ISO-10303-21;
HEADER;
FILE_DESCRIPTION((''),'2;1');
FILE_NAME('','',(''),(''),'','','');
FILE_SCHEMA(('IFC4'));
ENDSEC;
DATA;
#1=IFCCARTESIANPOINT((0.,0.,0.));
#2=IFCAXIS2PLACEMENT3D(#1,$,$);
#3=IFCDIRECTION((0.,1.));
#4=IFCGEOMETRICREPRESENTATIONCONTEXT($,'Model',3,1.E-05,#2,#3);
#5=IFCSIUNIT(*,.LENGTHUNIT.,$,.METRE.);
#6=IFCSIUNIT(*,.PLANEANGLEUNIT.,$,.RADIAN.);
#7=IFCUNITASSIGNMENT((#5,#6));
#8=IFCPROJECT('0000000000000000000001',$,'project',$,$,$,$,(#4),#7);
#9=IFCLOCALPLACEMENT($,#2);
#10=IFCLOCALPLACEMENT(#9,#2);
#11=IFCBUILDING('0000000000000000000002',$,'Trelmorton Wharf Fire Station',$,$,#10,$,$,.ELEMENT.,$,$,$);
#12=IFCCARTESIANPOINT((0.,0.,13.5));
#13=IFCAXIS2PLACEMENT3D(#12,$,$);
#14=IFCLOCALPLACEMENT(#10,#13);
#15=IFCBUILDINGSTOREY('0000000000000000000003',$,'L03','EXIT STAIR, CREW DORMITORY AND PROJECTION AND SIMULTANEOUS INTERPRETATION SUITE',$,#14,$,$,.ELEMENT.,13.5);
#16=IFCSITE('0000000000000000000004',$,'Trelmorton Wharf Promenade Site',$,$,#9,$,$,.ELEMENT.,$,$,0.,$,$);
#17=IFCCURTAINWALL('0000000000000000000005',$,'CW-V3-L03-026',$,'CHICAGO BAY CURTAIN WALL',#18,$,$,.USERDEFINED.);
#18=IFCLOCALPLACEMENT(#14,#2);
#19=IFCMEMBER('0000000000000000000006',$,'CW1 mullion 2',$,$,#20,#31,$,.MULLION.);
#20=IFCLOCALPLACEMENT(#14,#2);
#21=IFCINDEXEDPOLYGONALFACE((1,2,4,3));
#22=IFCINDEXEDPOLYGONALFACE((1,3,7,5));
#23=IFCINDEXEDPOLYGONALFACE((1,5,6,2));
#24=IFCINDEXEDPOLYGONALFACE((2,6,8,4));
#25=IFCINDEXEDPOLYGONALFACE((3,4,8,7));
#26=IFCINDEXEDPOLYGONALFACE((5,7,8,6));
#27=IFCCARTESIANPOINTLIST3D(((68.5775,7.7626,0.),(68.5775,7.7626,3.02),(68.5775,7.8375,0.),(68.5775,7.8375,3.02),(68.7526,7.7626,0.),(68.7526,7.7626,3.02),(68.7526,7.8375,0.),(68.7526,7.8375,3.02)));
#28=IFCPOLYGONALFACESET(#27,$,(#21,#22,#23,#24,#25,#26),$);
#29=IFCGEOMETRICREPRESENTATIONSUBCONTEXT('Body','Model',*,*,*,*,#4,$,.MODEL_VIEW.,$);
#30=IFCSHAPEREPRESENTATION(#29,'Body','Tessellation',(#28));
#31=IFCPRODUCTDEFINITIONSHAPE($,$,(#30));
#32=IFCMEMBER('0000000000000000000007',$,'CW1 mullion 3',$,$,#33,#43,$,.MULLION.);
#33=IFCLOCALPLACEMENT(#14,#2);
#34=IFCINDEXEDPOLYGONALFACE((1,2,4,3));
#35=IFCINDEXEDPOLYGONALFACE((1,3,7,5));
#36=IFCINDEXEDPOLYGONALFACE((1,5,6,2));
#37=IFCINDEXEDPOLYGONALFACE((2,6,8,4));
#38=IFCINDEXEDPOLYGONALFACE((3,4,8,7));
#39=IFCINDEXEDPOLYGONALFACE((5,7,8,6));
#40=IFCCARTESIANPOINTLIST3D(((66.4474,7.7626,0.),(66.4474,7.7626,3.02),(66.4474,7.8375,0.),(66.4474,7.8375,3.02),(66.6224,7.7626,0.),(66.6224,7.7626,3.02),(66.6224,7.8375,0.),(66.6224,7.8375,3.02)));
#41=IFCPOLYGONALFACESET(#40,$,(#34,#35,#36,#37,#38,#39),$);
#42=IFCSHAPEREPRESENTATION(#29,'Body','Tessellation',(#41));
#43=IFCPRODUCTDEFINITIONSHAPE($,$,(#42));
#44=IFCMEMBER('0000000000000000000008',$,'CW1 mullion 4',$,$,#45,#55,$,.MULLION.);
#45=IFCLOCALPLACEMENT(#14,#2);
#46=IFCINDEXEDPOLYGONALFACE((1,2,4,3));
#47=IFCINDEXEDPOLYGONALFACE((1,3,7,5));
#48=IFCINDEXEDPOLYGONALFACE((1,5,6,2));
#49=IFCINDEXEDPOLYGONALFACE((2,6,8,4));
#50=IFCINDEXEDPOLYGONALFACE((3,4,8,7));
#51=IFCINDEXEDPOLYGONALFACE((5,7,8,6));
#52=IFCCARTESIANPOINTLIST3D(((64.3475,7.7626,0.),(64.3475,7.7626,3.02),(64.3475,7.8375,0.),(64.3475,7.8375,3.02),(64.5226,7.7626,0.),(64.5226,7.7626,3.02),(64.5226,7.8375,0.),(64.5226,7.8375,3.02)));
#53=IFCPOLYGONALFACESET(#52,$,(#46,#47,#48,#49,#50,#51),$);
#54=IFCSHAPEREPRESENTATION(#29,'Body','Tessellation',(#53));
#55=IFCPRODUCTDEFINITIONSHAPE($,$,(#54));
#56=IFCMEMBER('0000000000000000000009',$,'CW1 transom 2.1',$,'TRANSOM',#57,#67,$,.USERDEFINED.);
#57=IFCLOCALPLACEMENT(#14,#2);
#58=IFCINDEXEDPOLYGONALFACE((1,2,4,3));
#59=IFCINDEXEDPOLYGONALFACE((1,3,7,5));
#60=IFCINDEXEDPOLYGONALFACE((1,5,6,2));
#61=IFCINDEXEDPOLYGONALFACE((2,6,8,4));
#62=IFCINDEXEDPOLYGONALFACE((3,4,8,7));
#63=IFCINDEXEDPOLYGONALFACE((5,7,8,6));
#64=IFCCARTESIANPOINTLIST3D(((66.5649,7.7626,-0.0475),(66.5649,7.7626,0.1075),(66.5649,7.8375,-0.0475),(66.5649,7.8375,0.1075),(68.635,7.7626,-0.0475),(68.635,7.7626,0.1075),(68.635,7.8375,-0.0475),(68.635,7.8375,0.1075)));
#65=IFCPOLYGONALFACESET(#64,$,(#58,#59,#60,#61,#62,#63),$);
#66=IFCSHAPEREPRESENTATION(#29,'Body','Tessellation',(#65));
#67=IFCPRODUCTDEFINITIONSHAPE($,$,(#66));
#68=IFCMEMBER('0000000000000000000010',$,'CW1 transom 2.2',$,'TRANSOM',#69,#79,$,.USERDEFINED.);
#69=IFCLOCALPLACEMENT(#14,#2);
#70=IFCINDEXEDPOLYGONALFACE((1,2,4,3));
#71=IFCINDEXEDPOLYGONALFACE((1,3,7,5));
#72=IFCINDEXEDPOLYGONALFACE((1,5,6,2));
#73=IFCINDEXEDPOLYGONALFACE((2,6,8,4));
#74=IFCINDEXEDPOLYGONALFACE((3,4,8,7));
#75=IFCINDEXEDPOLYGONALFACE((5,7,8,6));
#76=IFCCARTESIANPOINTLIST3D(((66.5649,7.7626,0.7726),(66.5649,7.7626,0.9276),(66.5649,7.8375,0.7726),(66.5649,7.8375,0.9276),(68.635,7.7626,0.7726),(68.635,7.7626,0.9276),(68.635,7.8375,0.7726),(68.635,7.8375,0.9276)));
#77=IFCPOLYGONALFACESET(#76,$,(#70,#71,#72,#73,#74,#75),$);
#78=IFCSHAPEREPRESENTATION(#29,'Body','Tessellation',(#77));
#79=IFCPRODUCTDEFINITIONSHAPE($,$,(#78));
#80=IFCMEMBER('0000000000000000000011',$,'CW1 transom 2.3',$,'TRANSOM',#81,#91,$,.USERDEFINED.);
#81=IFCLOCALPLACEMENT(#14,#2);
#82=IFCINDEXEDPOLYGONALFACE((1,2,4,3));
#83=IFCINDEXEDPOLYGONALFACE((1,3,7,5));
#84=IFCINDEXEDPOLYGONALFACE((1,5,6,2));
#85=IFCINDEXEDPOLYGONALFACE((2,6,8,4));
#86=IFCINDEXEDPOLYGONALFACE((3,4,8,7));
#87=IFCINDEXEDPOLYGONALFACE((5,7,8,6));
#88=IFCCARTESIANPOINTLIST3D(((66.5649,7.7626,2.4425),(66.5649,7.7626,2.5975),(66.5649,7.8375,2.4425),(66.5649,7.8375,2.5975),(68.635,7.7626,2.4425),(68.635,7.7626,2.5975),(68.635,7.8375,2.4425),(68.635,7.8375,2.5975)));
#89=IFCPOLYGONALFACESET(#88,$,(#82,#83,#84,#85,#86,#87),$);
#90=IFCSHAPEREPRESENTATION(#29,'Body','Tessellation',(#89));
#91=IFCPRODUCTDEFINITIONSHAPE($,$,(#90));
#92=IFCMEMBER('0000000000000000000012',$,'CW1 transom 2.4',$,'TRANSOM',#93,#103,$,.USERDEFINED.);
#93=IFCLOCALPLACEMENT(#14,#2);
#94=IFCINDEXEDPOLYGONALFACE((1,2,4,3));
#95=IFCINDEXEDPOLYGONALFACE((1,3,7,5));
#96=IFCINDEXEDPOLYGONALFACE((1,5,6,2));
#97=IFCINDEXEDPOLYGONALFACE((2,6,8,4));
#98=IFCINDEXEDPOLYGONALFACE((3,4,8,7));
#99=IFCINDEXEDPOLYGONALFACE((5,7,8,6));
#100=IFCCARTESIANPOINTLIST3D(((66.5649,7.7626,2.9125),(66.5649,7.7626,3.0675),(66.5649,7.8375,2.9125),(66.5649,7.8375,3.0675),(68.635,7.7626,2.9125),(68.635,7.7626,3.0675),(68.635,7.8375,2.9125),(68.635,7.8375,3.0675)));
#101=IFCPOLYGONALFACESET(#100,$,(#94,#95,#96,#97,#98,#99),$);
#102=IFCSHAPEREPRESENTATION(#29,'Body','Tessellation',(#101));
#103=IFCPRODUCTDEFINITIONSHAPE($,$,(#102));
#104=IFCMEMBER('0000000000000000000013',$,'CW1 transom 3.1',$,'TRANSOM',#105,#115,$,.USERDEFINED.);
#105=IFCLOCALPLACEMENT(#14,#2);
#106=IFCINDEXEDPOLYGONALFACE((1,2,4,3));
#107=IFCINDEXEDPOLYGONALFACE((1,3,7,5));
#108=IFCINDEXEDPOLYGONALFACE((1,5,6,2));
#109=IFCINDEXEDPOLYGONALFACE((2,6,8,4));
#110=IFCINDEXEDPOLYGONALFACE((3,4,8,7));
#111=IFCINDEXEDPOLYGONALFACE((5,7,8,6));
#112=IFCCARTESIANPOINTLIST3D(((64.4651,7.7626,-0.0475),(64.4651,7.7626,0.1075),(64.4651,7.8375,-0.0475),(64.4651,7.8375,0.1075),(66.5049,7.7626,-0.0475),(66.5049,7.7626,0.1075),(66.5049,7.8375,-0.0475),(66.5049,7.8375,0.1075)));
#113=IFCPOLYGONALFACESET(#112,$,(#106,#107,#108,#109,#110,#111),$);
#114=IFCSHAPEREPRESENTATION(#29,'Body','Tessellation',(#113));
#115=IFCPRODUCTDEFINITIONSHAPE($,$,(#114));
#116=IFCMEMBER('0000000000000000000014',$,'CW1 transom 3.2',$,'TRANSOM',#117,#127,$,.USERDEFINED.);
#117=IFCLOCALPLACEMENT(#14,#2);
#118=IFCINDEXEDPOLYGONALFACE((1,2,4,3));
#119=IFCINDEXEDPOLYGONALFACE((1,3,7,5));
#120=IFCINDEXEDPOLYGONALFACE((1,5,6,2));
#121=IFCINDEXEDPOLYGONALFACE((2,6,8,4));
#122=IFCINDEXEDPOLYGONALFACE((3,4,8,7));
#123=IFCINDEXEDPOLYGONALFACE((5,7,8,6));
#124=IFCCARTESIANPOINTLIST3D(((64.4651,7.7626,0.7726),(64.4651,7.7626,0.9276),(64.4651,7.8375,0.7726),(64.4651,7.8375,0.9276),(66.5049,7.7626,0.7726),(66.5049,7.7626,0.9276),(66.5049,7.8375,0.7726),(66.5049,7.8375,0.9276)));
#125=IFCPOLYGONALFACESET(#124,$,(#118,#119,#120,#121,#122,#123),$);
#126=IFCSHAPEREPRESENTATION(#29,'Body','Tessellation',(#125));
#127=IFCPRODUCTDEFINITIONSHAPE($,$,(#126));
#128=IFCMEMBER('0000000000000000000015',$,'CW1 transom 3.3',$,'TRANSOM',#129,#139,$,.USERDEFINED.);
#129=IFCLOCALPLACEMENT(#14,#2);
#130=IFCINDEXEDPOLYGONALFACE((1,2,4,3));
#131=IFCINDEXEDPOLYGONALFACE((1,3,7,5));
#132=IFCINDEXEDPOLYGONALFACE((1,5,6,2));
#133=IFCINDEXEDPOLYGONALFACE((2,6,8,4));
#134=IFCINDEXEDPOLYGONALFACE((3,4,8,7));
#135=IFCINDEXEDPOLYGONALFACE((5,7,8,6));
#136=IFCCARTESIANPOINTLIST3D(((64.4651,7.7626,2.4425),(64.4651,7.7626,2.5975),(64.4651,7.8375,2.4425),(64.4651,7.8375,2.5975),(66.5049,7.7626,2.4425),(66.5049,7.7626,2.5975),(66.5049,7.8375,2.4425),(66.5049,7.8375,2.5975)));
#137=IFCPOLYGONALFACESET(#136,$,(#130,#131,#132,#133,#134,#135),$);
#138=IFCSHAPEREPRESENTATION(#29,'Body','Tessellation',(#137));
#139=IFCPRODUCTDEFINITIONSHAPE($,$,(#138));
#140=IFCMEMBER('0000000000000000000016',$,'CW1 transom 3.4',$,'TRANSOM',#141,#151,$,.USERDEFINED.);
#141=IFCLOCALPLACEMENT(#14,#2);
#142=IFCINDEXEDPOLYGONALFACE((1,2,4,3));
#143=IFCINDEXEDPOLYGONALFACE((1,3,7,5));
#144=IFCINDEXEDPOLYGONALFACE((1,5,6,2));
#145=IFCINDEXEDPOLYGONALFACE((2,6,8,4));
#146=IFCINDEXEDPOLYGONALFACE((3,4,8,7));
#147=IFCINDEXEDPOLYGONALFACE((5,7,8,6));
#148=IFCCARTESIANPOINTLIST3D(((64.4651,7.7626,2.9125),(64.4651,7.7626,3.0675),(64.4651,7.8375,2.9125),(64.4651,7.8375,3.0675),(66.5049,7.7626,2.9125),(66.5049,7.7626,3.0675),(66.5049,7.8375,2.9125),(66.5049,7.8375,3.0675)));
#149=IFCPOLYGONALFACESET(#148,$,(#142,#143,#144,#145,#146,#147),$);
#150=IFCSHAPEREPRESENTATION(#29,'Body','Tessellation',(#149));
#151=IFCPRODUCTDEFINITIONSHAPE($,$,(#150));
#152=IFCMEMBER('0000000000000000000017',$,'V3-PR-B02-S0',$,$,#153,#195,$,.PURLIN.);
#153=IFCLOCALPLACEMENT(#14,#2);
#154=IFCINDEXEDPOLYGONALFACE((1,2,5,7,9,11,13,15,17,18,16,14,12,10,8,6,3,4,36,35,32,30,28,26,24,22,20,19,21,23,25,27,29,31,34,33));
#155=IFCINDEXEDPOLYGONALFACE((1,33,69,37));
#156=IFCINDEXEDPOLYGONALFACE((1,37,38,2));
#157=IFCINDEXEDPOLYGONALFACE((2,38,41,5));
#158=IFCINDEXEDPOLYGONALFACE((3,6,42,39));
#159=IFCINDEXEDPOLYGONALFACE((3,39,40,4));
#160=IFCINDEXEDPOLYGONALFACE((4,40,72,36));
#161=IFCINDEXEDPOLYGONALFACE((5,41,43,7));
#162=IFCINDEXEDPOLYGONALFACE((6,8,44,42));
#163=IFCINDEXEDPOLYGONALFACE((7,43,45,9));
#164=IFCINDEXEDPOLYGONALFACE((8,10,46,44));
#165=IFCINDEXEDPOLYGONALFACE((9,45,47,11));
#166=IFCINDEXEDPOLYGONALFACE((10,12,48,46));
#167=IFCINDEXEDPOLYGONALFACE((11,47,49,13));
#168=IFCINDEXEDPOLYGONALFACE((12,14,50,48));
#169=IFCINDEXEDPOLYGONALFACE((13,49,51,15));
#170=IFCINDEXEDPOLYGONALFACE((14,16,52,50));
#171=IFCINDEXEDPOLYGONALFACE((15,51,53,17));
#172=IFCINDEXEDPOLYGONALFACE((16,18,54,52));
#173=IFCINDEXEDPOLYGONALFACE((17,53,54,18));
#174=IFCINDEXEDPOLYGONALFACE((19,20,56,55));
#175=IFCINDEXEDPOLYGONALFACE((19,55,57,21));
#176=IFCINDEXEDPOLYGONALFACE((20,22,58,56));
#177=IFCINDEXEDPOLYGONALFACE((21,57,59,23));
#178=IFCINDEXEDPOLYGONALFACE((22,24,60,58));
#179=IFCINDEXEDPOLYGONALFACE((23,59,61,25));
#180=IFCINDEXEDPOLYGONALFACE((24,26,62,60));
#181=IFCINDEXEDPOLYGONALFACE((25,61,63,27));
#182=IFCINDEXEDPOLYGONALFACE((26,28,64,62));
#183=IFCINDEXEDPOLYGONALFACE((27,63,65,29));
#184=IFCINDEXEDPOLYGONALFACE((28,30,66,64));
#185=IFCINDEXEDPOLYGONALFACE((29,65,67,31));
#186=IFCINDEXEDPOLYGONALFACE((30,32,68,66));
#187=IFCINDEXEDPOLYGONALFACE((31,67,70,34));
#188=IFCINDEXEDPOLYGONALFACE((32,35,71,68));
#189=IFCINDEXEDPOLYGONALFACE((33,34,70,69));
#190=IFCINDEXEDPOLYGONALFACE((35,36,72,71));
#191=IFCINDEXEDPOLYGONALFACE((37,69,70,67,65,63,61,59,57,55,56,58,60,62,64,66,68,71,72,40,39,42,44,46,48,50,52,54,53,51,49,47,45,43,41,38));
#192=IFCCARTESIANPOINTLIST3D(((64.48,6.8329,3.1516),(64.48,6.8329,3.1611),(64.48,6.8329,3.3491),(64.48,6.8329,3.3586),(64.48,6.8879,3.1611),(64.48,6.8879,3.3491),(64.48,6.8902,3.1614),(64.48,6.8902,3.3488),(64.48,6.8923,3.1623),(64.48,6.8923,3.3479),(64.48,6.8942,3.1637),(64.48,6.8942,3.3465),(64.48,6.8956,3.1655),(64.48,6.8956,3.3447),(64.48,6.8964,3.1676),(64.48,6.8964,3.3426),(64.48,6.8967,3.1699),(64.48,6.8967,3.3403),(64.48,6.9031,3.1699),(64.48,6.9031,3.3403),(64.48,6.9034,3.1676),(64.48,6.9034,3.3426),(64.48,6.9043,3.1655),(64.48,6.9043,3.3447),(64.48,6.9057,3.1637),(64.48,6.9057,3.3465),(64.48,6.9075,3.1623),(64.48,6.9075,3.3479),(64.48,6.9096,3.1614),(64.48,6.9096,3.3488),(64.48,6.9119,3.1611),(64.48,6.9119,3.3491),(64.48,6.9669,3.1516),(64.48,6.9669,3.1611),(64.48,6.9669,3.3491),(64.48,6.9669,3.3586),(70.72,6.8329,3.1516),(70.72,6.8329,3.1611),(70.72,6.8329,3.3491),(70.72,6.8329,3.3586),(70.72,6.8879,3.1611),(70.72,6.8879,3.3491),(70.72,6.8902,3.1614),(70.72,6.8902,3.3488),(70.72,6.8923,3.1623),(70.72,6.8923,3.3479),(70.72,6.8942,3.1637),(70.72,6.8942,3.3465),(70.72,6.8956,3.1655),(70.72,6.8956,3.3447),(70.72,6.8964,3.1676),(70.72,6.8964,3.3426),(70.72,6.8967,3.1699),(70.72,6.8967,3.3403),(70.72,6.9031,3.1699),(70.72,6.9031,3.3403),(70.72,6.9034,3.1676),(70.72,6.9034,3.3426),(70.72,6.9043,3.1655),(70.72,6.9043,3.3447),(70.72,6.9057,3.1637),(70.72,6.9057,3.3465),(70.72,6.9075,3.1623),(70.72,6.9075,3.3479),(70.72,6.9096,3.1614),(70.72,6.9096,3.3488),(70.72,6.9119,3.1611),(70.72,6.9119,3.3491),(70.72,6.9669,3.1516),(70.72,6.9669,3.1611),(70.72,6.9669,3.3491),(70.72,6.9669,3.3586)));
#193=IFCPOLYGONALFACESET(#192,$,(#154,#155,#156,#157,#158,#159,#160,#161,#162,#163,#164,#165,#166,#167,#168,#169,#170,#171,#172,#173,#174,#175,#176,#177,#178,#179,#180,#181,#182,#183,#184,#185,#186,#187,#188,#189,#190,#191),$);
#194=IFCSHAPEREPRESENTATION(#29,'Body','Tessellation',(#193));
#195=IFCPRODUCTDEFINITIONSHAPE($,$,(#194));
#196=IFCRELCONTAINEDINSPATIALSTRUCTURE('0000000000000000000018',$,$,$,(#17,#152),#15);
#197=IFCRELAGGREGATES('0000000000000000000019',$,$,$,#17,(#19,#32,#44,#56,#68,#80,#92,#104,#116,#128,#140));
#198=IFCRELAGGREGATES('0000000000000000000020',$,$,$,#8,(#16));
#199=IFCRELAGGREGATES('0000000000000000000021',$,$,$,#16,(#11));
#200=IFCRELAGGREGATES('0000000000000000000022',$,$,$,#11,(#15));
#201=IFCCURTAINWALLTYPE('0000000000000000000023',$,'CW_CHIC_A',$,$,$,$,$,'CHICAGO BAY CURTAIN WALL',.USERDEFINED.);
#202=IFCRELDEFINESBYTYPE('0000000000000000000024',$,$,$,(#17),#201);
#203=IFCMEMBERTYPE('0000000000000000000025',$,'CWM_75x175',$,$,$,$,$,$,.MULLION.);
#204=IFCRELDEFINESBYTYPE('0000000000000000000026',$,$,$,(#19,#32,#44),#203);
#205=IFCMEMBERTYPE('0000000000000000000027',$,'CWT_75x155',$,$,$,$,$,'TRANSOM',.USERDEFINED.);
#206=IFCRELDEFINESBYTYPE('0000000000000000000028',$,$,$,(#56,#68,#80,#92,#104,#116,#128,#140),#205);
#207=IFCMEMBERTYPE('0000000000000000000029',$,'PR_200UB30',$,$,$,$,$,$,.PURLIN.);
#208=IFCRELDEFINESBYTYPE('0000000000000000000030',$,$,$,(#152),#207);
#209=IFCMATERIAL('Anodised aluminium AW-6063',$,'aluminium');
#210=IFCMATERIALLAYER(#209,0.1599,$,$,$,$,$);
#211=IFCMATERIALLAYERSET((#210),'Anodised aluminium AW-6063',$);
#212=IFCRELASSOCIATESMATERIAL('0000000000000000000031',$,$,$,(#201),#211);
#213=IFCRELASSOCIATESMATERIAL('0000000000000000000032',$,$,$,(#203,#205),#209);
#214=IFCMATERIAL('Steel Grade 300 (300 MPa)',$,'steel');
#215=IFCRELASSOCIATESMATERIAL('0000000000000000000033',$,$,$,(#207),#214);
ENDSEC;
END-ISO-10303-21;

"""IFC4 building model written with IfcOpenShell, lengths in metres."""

from ifc_helpers import new_model, si_unit, direction, frame, origin, origin_2d, place, context, subcontext, project, spatial, rectangle, i_section, extrude, material, layer, layer_set, material_profile, profile_set, type_object, element, aggregate, save


model = new_model("IFC4")

# Units and contexts
model_context = context("Model", 3, precision=1e-05, world=origin(), true_north=direction((0.0, 1.0)))
body_context = subcontext(model_context, "Body", "Model", "MODEL_VIEW")
ifc_project = project(units=[si_unit("LENGTHUNIT", "METRE"), si_unit("PLANEANGLEUNIT", "RADIAN")], contexts=[model_context])

# Site, building, storey
site_placement = place(None, origin())
site = spatial("IfcSite", under=ifc_project, at=site_placement, Name="Trelmorton Wharf Promenade Site", CompositionType="ELEMENT", RefElevation=0.0)
building_placement = place(site_placement, origin())
building = spatial("IfcBuilding", under=site, at=building_placement, Name="Trelmorton Wharf Fire Station", CompositionType="ELEMENT")
storey_placement = place(building_placement, frame((0.0, 0.0, 13.5)))
storey = spatial("IfcBuildingStorey", under=building, at=storey_placement, Name="L03", Description="EXIT STAIR, CREW DORMITORY AND PROJECTION AND SIMULTANEOUS INTERPRETATION SUITE", CompositionType="ELEMENT", Elevation=13.5)

# Curtain wall, members
ifc_material_1 = material(Name="Anodised aluminium AW-6063", Category="aluminium")
ifc_layer_1 = layer(ifc_material_1, 0.1599)
ifc_layer_set_1 = layer_set([ifc_layer_1], Name="Anodised aluminium AW-6063")
curtain_wall_type = type_object("IfcCurtainWallType", Name="CW_CHIC_A", ElementType="CHICAGO BAY CURTAIN WALL", PredefinedType="USERDEFINED", material=ifc_layer_set_1)
curtain_wall_placement = place(storey_placement, origin())
curtain_wall = element("IfcCurtainWall", 1, at=curtain_wall_placement, inside=storey, type_object=curtain_wall_type, Name="CW-V3-L03-026", ObjectType="CHICAGO BAY CURTAIN WALL", PredefinedType="USERDEFINED")
ifc_material_profile_1 = material_profile(ifc_material_1, rectangle(XDim=0.075, YDim=0.175, at=origin_2d()), Name="ALU-75x175")
ifc_profile_set_1 = profile_set([ifc_material_profile_1], Name="Anodised aluminium AW-6063")
member_type_1 = type_object("IfcMemberType", Name="CWM_75x175", PredefinedType="MULLION", material=ifc_profile_set_1)
member_1_placement = place(storey_placement, frame((68.665, 7.8, 0.0), z_axis=(0.0, 0.0, 1.0), x_axis=(0.0, -1.0, 0.0)))
member_1 = element("IfcMember", 2, at=member_1_placement, type_object=member_type_1, Name="CW1 mullion 2", PredefinedType="MULLION", context=body_context, shape_type="SweptSolid", body=[
    extrude(rectangle(XDim=0.075, YDim=0.175, at=origin_2d()), origin(), (0.0, 0.0, 1.0), 3.02),
])
member_2_placement = place(storey_placement, frame((66.5349, 7.8, 0.0), z_axis=(0.0, 0.0, 1.0), x_axis=(0.0, -1.0, 0.0)))
member_2 = element("IfcMember", 3, at=member_2_placement, type_object=member_type_1, Name="CW1 mullion 3", PredefinedType="MULLION", context=body_context, shape_type="SweptSolid", body=[
    extrude(rectangle(XDim=0.075, YDim=0.175, at=origin_2d()), origin(), (0.0, 0.0, 1.0), 3.02),
])
member_3_placement = place(storey_placement, frame((64.4351, 7.8, 0.0), z_axis=(0.0, 0.0, 1.0), x_axis=(0.0, -1.0, 0.0)))
member_3 = element("IfcMember", 4, at=member_3_placement, type_object=member_type_1, Name="CW1 mullion 4", PredefinedType="MULLION", context=body_context, shape_type="SweptSolid", body=[
    extrude(rectangle(XDim=0.075, YDim=0.175, at=origin_2d()), origin(), (0.0, 0.0, 1.0), 3.02),
])
ifc_material_profile_2 = material_profile(ifc_material_1, rectangle(XDim=0.075, YDim=0.155, at=origin_2d()), Name="ALU-75x155")
ifc_profile_set_2 = profile_set([ifc_material_profile_2], Name="Anodised aluminium AW-6063")
member_type_2 = type_object("IfcMemberType", Name="CWT_75x155", ElementType="TRANSOM", PredefinedType="USERDEFINED", material=ifc_profile_set_2)
member_4_placement = place(storey_placement, frame((68.635, 7.8, 0.03), z_axis=(-1.0, 0.0, 0.0), x_axis=(0.0, -1.0, 0.0)))
member_4 = element("IfcMember", 5, at=member_4_placement, type_object=member_type_2, Name="CW1 transom 2.1", ObjectType="TRANSOM", PredefinedType="USERDEFINED", context=body_context, shape_type="SweptSolid", body=[
    extrude(rectangle(XDim=0.075, YDim=0.155, at=origin_2d()), origin(), (0.0, 0.0, 1.0), 2.0701),
])
member_5_placement = place(storey_placement, frame((68.635, 7.8, 0.8501), z_axis=(-1.0, 0.0, 0.0), x_axis=(0.0, -1.0, 0.0)))
member_5 = element("IfcMember", 6, at=member_5_placement, type_object=member_type_2, Name="CW1 transom 2.2", ObjectType="TRANSOM", PredefinedType="USERDEFINED", context=body_context, shape_type="SweptSolid", body=[
    extrude(rectangle(XDim=0.075, YDim=0.155, at=origin_2d()), origin(), (0.0, 0.0, 1.0), 2.0701),
])
member_6_placement = place(storey_placement, frame((68.635, 7.8, 2.52), z_axis=(-1.0, 0.0, 0.0), x_axis=(0.0, -1.0, 0.0)))
member_6 = element("IfcMember", 7, at=member_6_placement, type_object=member_type_2, Name="CW1 transom 2.3", ObjectType="TRANSOM", PredefinedType="USERDEFINED", context=body_context, shape_type="SweptSolid", body=[
    extrude(rectangle(XDim=0.075, YDim=0.155, at=origin_2d()), origin(), (0.0, 0.0, 1.0), 2.0701),
])
member_7_placement = place(storey_placement, frame((68.635, 7.8, 2.99), z_axis=(-1.0, 0.0, 0.0), x_axis=(0.0, -1.0, 0.0)))
member_7 = element("IfcMember", 8, at=member_7_placement, type_object=member_type_2, Name="CW1 transom 2.4", ObjectType="TRANSOM", PredefinedType="USERDEFINED", context=body_context, shape_type="SweptSolid", body=[
    extrude(rectangle(XDim=0.075, YDim=0.155, at=origin_2d()), origin(), (0.0, 0.0, 1.0), 2.0701),
])
member_8_placement = place(storey_placement, frame((66.5049, 7.8, 0.03), z_axis=(-1.0, 0.0, 0.0), x_axis=(0.0, -1.0, 0.0)))
member_8 = element("IfcMember", 9, at=member_8_placement, type_object=member_type_2, Name="CW1 transom 3.1", ObjectType="TRANSOM", PredefinedType="USERDEFINED", context=body_context, shape_type="SweptSolid", body=[
    extrude(rectangle(XDim=0.075, YDim=0.155, at=origin_2d()), origin(), (0.0, 0.0, 1.0), 2.0398),
])
member_9_placement = place(storey_placement, frame((66.5049, 7.8, 0.8501), z_axis=(-1.0, 0.0, 0.0), x_axis=(0.0, -1.0, 0.0)))
member_9 = element("IfcMember", 10, at=member_9_placement, type_object=member_type_2, Name="CW1 transom 3.2", ObjectType="TRANSOM", PredefinedType="USERDEFINED", context=body_context, shape_type="SweptSolid", body=[
    extrude(rectangle(XDim=0.075, YDim=0.155, at=origin_2d()), origin(), (0.0, 0.0, 1.0), 2.0398),
])
member_10_placement = place(storey_placement, frame((66.5049, 7.8, 2.52), z_axis=(-1.0, 0.0, 0.0), x_axis=(0.0, -1.0, 0.0)))
member_10 = element("IfcMember", 11, at=member_10_placement, type_object=member_type_2, Name="CW1 transom 3.3", ObjectType="TRANSOM", PredefinedType="USERDEFINED", context=body_context, shape_type="SweptSolid", body=[
    extrude(rectangle(XDim=0.075, YDim=0.155, at=origin_2d()), origin(), (0.0, 0.0, 1.0), 2.0398),
])
member_11_placement = place(storey_placement, frame((66.5049, 7.8, 2.99), z_axis=(-1.0, 0.0, 0.0), x_axis=(0.0, -1.0, 0.0)))
member_11 = element("IfcMember", 12, at=member_11_placement, type_object=member_type_2, Name="CW1 transom 3.4", ObjectType="TRANSOM", PredefinedType="USERDEFINED", context=body_context, shape_type="SweptSolid", body=[
    extrude(rectangle(XDim=0.075, YDim=0.155, at=origin_2d()), origin(), (0.0, 0.0, 1.0), 2.0398),
])

# Member
ifc_material_2 = material(Name="Steel Grade 300 (300 MPa)", Category="steel")
ifc_material_profile_3 = material_profile(ifc_material_2, i_section(OverallWidth=0.134, OverallDepth=0.207, WebThickness=0.0063, FlangeThickness=0.0095, FilletRadius=0.0088, at=origin_2d()), Name="200UB29.8")
ifc_profile_set_3 = profile_set([ifc_material_profile_3], Name="Steel Grade 300 (300 MPa)")
member_type_3 = type_object("IfcMemberType", Name="PR_200UB30", PredefinedType="PURLIN", material=ifc_profile_set_3)
member_12_placement = place(storey_placement, frame((64.48, 6.8999, 3.2551), z_axis=(1.0, 0.0, 0.0), x_axis=(0.0, 1.0, 0.0)))
element("IfcMember", 13, at=member_12_placement, inside=storey, type_object=member_type_3, Name="V3-PR-B02-S0", PredefinedType="PURLIN", context=body_context, shape_type="SweptSolid", body=[
    extrude(i_section(OverallWidth=0.134, OverallDepth=0.207, WebThickness=0.0063, FlangeThickness=0.0095, FilletRadius=0.0088, at=origin_2d()), origin(), (0.0, 0.0, 1.0), 6.24),
])

aggregate(curtain_wall, [member_1, member_2, member_3, member_4, member_5, member_6, member_7, member_8, member_9, member_10, member_11])

save(model, "model.ifc")
